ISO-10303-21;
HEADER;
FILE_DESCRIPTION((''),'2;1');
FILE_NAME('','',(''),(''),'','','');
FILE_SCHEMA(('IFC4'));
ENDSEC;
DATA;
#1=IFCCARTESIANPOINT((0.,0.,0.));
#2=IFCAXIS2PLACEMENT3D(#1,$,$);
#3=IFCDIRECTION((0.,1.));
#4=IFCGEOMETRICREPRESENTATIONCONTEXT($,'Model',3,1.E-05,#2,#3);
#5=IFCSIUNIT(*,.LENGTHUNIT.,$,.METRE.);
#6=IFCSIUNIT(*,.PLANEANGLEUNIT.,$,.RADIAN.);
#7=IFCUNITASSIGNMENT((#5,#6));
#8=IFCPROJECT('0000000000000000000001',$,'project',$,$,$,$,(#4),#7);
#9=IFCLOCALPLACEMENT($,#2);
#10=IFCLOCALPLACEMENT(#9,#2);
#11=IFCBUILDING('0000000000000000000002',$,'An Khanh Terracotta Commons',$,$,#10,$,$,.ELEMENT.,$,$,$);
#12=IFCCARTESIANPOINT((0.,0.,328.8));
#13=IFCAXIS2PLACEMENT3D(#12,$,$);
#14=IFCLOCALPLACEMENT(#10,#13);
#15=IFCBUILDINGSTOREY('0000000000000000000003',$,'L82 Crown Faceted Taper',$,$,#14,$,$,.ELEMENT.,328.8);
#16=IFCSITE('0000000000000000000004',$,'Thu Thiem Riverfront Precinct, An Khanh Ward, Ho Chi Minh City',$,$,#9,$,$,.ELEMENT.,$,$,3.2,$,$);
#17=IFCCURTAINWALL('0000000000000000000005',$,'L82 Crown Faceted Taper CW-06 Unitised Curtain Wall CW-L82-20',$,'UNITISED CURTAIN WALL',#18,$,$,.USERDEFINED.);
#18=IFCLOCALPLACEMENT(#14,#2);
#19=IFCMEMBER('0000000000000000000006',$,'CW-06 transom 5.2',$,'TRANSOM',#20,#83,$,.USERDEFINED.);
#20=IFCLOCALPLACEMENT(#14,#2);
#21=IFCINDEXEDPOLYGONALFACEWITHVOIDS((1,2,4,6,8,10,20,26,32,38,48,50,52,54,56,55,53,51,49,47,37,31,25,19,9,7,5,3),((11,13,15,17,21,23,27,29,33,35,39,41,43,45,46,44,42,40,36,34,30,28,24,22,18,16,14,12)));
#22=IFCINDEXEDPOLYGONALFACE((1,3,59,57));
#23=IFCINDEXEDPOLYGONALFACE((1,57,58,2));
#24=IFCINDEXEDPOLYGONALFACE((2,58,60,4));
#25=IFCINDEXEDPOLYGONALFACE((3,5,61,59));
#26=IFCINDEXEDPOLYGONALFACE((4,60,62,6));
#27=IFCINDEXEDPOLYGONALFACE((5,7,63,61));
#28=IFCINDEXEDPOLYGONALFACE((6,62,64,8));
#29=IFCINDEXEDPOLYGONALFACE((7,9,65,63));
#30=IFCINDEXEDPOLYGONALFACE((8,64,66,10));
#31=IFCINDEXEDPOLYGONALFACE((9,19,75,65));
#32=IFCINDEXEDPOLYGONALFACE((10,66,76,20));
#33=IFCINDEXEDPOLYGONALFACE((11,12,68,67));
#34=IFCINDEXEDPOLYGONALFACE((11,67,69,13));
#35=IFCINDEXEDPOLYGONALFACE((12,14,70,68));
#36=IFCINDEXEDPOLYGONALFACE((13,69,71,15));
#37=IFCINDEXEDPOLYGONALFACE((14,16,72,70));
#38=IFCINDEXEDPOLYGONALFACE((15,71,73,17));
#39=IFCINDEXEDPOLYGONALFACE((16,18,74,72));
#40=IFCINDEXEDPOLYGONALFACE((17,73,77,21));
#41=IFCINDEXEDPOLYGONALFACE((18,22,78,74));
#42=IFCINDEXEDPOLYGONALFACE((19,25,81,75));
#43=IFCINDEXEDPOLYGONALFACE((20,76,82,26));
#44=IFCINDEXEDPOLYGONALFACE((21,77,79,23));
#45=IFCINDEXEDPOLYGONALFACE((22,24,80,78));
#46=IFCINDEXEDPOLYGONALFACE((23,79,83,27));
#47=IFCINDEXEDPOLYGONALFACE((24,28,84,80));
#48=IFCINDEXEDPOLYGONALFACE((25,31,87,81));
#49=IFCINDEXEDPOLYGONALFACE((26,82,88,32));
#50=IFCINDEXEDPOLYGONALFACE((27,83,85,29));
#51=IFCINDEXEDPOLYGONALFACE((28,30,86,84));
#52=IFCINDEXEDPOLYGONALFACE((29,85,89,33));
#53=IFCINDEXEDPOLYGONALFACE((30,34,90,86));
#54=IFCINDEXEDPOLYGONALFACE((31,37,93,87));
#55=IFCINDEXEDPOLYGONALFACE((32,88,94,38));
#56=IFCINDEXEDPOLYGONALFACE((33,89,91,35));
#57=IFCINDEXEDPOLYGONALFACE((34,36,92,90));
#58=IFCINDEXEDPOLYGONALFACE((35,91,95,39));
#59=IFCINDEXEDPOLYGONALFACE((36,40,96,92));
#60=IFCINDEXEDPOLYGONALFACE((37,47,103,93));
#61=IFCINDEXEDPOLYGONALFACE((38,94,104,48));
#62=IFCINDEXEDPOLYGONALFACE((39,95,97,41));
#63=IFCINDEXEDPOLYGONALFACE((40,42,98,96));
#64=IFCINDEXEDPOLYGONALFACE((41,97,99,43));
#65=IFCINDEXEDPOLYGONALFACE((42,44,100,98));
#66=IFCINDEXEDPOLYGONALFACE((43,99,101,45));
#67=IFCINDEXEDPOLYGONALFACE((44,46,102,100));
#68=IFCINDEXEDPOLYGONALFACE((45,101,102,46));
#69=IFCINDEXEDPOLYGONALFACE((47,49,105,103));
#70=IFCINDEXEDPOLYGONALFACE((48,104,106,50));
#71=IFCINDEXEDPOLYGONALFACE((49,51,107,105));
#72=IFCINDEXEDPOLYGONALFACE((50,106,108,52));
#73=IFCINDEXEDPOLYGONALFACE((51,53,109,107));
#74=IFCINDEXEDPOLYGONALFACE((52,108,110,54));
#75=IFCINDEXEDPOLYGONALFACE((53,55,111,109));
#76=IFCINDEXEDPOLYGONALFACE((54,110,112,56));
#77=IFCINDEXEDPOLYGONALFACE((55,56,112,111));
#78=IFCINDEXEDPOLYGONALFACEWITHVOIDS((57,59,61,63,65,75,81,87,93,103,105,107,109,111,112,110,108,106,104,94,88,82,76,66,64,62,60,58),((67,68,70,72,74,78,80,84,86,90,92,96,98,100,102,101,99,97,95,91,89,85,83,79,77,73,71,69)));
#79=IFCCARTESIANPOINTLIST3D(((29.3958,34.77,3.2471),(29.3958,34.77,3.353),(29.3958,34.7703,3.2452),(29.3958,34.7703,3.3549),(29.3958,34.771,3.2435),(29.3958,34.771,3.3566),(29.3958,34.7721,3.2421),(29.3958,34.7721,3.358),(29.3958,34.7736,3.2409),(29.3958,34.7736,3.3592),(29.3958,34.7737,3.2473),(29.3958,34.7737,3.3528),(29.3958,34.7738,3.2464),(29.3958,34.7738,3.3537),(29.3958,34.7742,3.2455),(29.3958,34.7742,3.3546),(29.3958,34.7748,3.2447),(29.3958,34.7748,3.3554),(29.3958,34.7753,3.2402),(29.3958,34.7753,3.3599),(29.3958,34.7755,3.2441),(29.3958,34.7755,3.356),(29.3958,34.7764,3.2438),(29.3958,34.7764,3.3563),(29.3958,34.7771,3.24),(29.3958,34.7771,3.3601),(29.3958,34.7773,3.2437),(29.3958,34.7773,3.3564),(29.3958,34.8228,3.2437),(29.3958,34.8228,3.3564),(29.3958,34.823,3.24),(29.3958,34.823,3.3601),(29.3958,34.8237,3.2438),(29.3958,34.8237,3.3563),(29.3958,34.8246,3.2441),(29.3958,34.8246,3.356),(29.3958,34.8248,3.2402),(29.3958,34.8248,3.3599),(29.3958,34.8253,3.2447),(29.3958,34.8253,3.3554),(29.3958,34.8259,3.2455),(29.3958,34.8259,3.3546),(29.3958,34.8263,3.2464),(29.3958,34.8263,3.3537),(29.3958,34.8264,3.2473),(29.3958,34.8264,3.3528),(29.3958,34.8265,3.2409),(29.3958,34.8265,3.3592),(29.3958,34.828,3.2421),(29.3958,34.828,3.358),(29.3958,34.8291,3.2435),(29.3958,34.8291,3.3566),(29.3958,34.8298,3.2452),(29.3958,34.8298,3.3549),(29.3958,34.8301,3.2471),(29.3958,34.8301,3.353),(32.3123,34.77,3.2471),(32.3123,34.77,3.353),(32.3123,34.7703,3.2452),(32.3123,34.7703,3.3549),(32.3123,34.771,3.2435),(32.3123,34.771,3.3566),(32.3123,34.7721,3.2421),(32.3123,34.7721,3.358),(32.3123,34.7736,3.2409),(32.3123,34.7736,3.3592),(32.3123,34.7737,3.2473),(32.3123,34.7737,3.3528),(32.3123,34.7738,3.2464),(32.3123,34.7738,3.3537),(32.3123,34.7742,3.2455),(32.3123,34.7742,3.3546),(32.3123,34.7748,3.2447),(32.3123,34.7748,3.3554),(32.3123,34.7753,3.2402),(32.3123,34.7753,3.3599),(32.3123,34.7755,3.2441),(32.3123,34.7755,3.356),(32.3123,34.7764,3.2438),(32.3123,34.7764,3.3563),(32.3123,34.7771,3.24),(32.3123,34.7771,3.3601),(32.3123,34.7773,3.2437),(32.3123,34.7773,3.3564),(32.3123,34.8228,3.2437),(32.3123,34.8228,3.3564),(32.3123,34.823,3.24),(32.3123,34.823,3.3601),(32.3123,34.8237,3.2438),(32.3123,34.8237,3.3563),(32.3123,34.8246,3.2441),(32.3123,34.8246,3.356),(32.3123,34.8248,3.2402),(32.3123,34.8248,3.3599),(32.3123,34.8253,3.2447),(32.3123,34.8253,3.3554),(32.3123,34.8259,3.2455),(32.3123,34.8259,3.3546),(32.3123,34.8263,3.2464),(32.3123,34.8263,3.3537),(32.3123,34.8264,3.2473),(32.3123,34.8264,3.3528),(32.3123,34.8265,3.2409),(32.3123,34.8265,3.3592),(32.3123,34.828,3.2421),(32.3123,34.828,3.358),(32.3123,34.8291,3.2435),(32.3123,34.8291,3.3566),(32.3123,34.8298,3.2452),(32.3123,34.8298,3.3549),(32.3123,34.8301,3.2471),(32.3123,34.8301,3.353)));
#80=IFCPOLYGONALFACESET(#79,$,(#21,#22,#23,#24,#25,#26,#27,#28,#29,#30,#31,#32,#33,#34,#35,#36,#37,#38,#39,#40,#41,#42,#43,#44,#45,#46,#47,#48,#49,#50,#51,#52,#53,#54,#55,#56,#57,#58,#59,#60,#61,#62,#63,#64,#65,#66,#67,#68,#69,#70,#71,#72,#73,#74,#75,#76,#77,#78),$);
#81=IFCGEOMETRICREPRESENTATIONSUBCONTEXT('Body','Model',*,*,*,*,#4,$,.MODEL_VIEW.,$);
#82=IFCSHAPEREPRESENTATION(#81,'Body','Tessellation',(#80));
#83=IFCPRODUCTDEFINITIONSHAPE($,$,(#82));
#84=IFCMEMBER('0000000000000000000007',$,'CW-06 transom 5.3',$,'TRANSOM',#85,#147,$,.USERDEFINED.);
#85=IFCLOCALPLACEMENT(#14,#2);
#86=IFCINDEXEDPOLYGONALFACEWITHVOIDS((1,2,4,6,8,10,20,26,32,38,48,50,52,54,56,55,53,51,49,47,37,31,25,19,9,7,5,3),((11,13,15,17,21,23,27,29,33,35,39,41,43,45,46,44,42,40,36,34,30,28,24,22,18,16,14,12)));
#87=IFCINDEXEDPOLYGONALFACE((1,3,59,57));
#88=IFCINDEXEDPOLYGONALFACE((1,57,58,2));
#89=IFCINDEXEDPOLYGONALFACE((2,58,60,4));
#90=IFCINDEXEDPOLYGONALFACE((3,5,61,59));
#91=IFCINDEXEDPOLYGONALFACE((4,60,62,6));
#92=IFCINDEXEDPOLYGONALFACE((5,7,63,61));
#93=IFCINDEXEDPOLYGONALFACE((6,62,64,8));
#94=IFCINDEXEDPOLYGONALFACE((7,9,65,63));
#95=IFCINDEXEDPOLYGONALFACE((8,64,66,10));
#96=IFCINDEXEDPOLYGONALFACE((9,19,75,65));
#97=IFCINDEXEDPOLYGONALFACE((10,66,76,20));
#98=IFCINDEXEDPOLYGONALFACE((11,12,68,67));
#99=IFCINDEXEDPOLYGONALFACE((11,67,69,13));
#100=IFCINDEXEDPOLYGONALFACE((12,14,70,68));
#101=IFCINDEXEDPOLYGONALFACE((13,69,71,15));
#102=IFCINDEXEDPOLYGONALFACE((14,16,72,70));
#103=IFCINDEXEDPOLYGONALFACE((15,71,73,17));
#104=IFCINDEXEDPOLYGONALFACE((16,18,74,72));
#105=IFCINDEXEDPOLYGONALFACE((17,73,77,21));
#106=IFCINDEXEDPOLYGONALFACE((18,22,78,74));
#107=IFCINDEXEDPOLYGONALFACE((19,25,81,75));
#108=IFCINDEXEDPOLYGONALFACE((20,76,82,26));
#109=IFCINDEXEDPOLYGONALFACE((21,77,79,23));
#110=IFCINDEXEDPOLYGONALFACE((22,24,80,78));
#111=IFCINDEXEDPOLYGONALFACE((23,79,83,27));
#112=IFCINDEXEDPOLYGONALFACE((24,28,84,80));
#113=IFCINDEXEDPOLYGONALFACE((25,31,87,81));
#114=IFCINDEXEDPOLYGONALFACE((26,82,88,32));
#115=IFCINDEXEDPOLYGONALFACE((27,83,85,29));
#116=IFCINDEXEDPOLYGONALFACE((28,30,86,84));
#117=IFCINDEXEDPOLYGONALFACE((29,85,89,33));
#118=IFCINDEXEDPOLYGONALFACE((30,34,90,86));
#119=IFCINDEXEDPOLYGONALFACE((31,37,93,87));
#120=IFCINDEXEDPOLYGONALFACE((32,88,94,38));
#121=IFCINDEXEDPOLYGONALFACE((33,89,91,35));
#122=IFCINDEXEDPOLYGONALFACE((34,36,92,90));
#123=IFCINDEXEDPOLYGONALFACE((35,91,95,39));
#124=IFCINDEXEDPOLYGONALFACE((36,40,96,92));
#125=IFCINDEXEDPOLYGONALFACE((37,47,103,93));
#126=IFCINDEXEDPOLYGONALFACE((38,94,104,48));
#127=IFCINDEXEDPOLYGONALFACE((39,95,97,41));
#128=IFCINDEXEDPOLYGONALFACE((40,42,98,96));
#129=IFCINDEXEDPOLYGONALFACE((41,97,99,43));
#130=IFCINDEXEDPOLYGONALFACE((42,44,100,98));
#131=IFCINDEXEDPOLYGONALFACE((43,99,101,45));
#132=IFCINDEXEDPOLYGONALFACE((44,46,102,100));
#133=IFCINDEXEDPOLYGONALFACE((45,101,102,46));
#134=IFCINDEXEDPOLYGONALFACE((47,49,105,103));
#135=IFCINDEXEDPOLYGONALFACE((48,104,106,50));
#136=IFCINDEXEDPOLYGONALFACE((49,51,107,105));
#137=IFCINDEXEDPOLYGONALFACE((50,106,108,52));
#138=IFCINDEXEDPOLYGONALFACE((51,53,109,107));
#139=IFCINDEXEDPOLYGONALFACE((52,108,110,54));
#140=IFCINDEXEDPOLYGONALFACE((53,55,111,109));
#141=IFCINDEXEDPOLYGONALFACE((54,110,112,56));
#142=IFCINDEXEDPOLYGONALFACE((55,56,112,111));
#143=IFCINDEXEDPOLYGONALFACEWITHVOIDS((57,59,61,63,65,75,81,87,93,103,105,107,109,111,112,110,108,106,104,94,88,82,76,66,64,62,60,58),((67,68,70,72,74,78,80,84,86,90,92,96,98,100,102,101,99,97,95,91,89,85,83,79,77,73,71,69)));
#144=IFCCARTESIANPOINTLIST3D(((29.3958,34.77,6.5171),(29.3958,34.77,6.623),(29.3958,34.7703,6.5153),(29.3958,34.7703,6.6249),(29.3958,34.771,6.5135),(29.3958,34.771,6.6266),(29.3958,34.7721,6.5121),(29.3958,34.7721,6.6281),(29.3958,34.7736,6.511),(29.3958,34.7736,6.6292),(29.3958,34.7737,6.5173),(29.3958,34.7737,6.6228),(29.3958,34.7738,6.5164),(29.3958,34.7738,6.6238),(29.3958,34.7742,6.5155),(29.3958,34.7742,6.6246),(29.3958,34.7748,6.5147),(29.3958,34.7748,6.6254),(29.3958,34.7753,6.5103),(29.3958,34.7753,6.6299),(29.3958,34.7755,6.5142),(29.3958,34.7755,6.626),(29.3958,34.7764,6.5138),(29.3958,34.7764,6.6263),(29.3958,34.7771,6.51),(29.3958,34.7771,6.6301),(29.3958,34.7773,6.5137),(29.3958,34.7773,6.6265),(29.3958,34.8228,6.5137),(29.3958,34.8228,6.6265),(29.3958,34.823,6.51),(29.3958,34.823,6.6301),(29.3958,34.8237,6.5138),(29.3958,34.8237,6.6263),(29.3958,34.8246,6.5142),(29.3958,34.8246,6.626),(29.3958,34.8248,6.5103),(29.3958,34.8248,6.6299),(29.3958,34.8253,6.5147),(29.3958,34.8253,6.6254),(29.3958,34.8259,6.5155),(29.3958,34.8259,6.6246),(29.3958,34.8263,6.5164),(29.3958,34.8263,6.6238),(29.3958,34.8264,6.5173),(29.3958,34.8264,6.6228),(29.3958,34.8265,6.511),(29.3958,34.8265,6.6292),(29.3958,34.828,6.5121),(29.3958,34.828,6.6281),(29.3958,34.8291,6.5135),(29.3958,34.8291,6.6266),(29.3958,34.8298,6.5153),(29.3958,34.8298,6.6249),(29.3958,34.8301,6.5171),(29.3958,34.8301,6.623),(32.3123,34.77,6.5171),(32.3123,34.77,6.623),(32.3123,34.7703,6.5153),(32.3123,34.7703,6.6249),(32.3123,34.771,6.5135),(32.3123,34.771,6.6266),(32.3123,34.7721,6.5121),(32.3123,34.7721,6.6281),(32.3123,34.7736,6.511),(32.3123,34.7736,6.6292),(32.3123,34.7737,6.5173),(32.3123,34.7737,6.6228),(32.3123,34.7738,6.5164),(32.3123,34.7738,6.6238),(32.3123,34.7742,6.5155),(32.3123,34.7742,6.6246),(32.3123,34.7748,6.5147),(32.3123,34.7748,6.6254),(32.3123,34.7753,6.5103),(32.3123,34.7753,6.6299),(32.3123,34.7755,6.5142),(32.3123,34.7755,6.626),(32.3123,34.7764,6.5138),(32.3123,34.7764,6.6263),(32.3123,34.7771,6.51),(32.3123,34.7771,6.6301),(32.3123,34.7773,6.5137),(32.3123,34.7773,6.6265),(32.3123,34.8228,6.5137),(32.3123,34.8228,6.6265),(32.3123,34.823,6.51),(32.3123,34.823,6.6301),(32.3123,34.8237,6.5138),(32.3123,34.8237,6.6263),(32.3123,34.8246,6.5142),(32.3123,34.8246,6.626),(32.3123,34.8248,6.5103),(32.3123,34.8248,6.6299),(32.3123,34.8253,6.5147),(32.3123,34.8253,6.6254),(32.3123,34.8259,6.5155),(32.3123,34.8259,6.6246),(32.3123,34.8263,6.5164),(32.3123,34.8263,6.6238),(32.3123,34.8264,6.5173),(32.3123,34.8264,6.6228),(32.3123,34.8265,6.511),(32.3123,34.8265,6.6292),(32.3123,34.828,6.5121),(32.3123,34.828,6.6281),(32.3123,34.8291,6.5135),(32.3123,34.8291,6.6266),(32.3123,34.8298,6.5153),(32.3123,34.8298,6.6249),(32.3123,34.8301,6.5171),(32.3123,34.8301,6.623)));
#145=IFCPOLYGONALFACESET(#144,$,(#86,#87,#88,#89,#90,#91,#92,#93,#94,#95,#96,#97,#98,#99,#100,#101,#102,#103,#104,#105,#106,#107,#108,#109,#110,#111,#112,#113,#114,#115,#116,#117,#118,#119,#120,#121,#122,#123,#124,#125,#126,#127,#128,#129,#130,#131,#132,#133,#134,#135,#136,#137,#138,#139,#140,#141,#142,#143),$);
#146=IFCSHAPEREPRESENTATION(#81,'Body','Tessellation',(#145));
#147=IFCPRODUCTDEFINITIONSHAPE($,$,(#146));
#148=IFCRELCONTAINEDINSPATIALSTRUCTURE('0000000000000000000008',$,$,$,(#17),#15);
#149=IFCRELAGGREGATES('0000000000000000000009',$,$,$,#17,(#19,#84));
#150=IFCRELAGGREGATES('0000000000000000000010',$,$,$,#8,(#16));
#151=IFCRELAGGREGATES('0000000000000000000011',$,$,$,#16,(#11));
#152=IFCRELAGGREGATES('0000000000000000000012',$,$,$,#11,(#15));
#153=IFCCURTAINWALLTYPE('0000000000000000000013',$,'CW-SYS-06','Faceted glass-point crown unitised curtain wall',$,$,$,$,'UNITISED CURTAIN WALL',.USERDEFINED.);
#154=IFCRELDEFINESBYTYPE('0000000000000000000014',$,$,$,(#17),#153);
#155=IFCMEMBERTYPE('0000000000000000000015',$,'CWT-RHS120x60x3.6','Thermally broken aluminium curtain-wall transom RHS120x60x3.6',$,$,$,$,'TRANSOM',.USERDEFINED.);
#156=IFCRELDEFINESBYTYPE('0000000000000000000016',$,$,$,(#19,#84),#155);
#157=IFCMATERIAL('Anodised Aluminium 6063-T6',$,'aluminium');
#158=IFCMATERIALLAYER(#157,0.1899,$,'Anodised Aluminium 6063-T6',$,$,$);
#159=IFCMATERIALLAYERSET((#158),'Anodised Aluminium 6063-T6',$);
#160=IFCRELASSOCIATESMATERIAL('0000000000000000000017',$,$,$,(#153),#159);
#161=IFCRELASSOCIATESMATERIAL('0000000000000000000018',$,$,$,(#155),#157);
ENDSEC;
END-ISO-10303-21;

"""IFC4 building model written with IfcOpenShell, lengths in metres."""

from ifc_helpers import new_model, si_unit, direction, frame, origin, origin_2d, place, context, subcontext, project, spatial, hollow_rectangle, extrude, material, layer, layer_set, material_profile, profile_set, type_object, element, aggregate, save


model = new_model("IFC4")

# Units and contexts
model_context = context("Model", 3, precision=1e-05, world=origin(), true_north=direction((0.0, 1.0)))
body_context = subcontext(model_context, "Body", "Model", "MODEL_VIEW")
ifc_project = project(units=[si_unit("LENGTHUNIT", "METRE"), si_unit("PLANEANGLEUNIT", "RADIAN")], contexts=[model_context])

# Site, building, storey
site_placement = place(None, origin())
site = spatial("IfcSite", under=ifc_project, at=site_placement, Name="Thu Thiem Riverfront Precinct, An Khanh Ward, Ho Chi Minh City", CompositionType="ELEMENT", RefElevation=3.2)
building_placement = place(site_placement, origin())
building = spatial("IfcBuilding", under=site, at=building_placement, Name="An Khanh Terracotta Commons", CompositionType="ELEMENT")
storey_placement = place(building_placement, frame((0.0, 0.0, 328.8)))
storey = spatial("IfcBuildingStorey", under=building, at=storey_placement, Name="L82 Crown Faceted Taper", CompositionType="ELEMENT", Elevation=328.8)

# Curtain wall, members
ifc_material_1 = material(Name="Anodised Aluminium 6063-T6", Category="aluminium")
ifc_layer_1 = layer(ifc_material_1, 0.1899, Name="Anodised Aluminium 6063-T6")
ifc_layer_set_1 = layer_set([ifc_layer_1], Name="Anodised Aluminium 6063-T6")
curtain_wall_type = type_object("IfcCurtainWallType", Name="CW-SYS-06", Description="Faceted glass-point crown unitised curtain wall", ElementType="UNITISED CURTAIN WALL", PredefinedType="USERDEFINED", material=ifc_layer_set_1)
curtain_wall_placement = place(storey_placement, origin())
curtain_wall = element("IfcCurtainWall", 1, at=curtain_wall_placement, inside=storey, type_object=curtain_wall_type, Name="L82 Crown Faceted Taper CW-06 Unitised Curtain Wall CW-L82-20", ObjectType="UNITISED CURTAIN WALL", PredefinedType="USERDEFINED")
ifc_material_profile_1 = material_profile(ifc_material_1, hollow_rectangle(XDim=0.0601, YDim=0.1201, WallThickness=0.0037, InnerFilletRadius=0.0037, OuterFilletRadius=0.0071, at=origin_2d()), Name="RHS120x60x3.6")
ifc_profile_set_1 = profile_set([ifc_material_profile_1], Name="Anodised Aluminium 6063-T6")
member_type_1 = type_object("IfcMemberType", Name="CWT-RHS120x60x3.6", Description="Thermally broken aluminium curtain-wall transom RHS120x60x3.6", ElementType="TRANSOM", PredefinedType="USERDEFINED", material=ifc_profile_set_1)
member_1_placement = place(storey_placement, frame((32.3123, 34.8, 3.3), z_axis=(-1.0, 0.0, 0.0), x_axis=(0.0, -1.0, 0.0)))
member_1 = element("IfcMember", 2, at=member_1_placement, type_object=member_type_1, Name="CW-06 transom 5.2", ObjectType="TRANSOM", PredefinedType="USERDEFINED", context=body_context, shape_type="SweptSolid", body=[
    extrude(hollow_rectangle(XDim=0.0601, YDim=0.1201, WallThickness=0.0037, InnerFilletRadius=0.0037, OuterFilletRadius=0.0071, at=origin_2d()), origin(), (0.0, 0.0, 1.0), 2.9165),
])
member_2_placement = place(storey_placement, frame((32.3123, 34.8, 6.5701), z_axis=(-1.0, 0.0, 0.0), x_axis=(0.0, -1.0, 0.0)))
member_2 = element("IfcMember", 3, at=member_2_placement, type_object=member_type_1, Name="CW-06 transom 5.3", ObjectType="TRANSOM", PredefinedType="USERDEFINED", context=body_context, shape_type="SweptSolid", body=[
    extrude(hollow_rectangle(XDim=0.0601, YDim=0.1201, WallThickness=0.0037, InnerFilletRadius=0.0037, OuterFilletRadius=0.0071, at=origin_2d()), origin(), (0.0, 0.0, 1.0), 2.9165),
])
aggregate(curtain_wall, [member_1, member_2])

save(model, "model.ifc")
